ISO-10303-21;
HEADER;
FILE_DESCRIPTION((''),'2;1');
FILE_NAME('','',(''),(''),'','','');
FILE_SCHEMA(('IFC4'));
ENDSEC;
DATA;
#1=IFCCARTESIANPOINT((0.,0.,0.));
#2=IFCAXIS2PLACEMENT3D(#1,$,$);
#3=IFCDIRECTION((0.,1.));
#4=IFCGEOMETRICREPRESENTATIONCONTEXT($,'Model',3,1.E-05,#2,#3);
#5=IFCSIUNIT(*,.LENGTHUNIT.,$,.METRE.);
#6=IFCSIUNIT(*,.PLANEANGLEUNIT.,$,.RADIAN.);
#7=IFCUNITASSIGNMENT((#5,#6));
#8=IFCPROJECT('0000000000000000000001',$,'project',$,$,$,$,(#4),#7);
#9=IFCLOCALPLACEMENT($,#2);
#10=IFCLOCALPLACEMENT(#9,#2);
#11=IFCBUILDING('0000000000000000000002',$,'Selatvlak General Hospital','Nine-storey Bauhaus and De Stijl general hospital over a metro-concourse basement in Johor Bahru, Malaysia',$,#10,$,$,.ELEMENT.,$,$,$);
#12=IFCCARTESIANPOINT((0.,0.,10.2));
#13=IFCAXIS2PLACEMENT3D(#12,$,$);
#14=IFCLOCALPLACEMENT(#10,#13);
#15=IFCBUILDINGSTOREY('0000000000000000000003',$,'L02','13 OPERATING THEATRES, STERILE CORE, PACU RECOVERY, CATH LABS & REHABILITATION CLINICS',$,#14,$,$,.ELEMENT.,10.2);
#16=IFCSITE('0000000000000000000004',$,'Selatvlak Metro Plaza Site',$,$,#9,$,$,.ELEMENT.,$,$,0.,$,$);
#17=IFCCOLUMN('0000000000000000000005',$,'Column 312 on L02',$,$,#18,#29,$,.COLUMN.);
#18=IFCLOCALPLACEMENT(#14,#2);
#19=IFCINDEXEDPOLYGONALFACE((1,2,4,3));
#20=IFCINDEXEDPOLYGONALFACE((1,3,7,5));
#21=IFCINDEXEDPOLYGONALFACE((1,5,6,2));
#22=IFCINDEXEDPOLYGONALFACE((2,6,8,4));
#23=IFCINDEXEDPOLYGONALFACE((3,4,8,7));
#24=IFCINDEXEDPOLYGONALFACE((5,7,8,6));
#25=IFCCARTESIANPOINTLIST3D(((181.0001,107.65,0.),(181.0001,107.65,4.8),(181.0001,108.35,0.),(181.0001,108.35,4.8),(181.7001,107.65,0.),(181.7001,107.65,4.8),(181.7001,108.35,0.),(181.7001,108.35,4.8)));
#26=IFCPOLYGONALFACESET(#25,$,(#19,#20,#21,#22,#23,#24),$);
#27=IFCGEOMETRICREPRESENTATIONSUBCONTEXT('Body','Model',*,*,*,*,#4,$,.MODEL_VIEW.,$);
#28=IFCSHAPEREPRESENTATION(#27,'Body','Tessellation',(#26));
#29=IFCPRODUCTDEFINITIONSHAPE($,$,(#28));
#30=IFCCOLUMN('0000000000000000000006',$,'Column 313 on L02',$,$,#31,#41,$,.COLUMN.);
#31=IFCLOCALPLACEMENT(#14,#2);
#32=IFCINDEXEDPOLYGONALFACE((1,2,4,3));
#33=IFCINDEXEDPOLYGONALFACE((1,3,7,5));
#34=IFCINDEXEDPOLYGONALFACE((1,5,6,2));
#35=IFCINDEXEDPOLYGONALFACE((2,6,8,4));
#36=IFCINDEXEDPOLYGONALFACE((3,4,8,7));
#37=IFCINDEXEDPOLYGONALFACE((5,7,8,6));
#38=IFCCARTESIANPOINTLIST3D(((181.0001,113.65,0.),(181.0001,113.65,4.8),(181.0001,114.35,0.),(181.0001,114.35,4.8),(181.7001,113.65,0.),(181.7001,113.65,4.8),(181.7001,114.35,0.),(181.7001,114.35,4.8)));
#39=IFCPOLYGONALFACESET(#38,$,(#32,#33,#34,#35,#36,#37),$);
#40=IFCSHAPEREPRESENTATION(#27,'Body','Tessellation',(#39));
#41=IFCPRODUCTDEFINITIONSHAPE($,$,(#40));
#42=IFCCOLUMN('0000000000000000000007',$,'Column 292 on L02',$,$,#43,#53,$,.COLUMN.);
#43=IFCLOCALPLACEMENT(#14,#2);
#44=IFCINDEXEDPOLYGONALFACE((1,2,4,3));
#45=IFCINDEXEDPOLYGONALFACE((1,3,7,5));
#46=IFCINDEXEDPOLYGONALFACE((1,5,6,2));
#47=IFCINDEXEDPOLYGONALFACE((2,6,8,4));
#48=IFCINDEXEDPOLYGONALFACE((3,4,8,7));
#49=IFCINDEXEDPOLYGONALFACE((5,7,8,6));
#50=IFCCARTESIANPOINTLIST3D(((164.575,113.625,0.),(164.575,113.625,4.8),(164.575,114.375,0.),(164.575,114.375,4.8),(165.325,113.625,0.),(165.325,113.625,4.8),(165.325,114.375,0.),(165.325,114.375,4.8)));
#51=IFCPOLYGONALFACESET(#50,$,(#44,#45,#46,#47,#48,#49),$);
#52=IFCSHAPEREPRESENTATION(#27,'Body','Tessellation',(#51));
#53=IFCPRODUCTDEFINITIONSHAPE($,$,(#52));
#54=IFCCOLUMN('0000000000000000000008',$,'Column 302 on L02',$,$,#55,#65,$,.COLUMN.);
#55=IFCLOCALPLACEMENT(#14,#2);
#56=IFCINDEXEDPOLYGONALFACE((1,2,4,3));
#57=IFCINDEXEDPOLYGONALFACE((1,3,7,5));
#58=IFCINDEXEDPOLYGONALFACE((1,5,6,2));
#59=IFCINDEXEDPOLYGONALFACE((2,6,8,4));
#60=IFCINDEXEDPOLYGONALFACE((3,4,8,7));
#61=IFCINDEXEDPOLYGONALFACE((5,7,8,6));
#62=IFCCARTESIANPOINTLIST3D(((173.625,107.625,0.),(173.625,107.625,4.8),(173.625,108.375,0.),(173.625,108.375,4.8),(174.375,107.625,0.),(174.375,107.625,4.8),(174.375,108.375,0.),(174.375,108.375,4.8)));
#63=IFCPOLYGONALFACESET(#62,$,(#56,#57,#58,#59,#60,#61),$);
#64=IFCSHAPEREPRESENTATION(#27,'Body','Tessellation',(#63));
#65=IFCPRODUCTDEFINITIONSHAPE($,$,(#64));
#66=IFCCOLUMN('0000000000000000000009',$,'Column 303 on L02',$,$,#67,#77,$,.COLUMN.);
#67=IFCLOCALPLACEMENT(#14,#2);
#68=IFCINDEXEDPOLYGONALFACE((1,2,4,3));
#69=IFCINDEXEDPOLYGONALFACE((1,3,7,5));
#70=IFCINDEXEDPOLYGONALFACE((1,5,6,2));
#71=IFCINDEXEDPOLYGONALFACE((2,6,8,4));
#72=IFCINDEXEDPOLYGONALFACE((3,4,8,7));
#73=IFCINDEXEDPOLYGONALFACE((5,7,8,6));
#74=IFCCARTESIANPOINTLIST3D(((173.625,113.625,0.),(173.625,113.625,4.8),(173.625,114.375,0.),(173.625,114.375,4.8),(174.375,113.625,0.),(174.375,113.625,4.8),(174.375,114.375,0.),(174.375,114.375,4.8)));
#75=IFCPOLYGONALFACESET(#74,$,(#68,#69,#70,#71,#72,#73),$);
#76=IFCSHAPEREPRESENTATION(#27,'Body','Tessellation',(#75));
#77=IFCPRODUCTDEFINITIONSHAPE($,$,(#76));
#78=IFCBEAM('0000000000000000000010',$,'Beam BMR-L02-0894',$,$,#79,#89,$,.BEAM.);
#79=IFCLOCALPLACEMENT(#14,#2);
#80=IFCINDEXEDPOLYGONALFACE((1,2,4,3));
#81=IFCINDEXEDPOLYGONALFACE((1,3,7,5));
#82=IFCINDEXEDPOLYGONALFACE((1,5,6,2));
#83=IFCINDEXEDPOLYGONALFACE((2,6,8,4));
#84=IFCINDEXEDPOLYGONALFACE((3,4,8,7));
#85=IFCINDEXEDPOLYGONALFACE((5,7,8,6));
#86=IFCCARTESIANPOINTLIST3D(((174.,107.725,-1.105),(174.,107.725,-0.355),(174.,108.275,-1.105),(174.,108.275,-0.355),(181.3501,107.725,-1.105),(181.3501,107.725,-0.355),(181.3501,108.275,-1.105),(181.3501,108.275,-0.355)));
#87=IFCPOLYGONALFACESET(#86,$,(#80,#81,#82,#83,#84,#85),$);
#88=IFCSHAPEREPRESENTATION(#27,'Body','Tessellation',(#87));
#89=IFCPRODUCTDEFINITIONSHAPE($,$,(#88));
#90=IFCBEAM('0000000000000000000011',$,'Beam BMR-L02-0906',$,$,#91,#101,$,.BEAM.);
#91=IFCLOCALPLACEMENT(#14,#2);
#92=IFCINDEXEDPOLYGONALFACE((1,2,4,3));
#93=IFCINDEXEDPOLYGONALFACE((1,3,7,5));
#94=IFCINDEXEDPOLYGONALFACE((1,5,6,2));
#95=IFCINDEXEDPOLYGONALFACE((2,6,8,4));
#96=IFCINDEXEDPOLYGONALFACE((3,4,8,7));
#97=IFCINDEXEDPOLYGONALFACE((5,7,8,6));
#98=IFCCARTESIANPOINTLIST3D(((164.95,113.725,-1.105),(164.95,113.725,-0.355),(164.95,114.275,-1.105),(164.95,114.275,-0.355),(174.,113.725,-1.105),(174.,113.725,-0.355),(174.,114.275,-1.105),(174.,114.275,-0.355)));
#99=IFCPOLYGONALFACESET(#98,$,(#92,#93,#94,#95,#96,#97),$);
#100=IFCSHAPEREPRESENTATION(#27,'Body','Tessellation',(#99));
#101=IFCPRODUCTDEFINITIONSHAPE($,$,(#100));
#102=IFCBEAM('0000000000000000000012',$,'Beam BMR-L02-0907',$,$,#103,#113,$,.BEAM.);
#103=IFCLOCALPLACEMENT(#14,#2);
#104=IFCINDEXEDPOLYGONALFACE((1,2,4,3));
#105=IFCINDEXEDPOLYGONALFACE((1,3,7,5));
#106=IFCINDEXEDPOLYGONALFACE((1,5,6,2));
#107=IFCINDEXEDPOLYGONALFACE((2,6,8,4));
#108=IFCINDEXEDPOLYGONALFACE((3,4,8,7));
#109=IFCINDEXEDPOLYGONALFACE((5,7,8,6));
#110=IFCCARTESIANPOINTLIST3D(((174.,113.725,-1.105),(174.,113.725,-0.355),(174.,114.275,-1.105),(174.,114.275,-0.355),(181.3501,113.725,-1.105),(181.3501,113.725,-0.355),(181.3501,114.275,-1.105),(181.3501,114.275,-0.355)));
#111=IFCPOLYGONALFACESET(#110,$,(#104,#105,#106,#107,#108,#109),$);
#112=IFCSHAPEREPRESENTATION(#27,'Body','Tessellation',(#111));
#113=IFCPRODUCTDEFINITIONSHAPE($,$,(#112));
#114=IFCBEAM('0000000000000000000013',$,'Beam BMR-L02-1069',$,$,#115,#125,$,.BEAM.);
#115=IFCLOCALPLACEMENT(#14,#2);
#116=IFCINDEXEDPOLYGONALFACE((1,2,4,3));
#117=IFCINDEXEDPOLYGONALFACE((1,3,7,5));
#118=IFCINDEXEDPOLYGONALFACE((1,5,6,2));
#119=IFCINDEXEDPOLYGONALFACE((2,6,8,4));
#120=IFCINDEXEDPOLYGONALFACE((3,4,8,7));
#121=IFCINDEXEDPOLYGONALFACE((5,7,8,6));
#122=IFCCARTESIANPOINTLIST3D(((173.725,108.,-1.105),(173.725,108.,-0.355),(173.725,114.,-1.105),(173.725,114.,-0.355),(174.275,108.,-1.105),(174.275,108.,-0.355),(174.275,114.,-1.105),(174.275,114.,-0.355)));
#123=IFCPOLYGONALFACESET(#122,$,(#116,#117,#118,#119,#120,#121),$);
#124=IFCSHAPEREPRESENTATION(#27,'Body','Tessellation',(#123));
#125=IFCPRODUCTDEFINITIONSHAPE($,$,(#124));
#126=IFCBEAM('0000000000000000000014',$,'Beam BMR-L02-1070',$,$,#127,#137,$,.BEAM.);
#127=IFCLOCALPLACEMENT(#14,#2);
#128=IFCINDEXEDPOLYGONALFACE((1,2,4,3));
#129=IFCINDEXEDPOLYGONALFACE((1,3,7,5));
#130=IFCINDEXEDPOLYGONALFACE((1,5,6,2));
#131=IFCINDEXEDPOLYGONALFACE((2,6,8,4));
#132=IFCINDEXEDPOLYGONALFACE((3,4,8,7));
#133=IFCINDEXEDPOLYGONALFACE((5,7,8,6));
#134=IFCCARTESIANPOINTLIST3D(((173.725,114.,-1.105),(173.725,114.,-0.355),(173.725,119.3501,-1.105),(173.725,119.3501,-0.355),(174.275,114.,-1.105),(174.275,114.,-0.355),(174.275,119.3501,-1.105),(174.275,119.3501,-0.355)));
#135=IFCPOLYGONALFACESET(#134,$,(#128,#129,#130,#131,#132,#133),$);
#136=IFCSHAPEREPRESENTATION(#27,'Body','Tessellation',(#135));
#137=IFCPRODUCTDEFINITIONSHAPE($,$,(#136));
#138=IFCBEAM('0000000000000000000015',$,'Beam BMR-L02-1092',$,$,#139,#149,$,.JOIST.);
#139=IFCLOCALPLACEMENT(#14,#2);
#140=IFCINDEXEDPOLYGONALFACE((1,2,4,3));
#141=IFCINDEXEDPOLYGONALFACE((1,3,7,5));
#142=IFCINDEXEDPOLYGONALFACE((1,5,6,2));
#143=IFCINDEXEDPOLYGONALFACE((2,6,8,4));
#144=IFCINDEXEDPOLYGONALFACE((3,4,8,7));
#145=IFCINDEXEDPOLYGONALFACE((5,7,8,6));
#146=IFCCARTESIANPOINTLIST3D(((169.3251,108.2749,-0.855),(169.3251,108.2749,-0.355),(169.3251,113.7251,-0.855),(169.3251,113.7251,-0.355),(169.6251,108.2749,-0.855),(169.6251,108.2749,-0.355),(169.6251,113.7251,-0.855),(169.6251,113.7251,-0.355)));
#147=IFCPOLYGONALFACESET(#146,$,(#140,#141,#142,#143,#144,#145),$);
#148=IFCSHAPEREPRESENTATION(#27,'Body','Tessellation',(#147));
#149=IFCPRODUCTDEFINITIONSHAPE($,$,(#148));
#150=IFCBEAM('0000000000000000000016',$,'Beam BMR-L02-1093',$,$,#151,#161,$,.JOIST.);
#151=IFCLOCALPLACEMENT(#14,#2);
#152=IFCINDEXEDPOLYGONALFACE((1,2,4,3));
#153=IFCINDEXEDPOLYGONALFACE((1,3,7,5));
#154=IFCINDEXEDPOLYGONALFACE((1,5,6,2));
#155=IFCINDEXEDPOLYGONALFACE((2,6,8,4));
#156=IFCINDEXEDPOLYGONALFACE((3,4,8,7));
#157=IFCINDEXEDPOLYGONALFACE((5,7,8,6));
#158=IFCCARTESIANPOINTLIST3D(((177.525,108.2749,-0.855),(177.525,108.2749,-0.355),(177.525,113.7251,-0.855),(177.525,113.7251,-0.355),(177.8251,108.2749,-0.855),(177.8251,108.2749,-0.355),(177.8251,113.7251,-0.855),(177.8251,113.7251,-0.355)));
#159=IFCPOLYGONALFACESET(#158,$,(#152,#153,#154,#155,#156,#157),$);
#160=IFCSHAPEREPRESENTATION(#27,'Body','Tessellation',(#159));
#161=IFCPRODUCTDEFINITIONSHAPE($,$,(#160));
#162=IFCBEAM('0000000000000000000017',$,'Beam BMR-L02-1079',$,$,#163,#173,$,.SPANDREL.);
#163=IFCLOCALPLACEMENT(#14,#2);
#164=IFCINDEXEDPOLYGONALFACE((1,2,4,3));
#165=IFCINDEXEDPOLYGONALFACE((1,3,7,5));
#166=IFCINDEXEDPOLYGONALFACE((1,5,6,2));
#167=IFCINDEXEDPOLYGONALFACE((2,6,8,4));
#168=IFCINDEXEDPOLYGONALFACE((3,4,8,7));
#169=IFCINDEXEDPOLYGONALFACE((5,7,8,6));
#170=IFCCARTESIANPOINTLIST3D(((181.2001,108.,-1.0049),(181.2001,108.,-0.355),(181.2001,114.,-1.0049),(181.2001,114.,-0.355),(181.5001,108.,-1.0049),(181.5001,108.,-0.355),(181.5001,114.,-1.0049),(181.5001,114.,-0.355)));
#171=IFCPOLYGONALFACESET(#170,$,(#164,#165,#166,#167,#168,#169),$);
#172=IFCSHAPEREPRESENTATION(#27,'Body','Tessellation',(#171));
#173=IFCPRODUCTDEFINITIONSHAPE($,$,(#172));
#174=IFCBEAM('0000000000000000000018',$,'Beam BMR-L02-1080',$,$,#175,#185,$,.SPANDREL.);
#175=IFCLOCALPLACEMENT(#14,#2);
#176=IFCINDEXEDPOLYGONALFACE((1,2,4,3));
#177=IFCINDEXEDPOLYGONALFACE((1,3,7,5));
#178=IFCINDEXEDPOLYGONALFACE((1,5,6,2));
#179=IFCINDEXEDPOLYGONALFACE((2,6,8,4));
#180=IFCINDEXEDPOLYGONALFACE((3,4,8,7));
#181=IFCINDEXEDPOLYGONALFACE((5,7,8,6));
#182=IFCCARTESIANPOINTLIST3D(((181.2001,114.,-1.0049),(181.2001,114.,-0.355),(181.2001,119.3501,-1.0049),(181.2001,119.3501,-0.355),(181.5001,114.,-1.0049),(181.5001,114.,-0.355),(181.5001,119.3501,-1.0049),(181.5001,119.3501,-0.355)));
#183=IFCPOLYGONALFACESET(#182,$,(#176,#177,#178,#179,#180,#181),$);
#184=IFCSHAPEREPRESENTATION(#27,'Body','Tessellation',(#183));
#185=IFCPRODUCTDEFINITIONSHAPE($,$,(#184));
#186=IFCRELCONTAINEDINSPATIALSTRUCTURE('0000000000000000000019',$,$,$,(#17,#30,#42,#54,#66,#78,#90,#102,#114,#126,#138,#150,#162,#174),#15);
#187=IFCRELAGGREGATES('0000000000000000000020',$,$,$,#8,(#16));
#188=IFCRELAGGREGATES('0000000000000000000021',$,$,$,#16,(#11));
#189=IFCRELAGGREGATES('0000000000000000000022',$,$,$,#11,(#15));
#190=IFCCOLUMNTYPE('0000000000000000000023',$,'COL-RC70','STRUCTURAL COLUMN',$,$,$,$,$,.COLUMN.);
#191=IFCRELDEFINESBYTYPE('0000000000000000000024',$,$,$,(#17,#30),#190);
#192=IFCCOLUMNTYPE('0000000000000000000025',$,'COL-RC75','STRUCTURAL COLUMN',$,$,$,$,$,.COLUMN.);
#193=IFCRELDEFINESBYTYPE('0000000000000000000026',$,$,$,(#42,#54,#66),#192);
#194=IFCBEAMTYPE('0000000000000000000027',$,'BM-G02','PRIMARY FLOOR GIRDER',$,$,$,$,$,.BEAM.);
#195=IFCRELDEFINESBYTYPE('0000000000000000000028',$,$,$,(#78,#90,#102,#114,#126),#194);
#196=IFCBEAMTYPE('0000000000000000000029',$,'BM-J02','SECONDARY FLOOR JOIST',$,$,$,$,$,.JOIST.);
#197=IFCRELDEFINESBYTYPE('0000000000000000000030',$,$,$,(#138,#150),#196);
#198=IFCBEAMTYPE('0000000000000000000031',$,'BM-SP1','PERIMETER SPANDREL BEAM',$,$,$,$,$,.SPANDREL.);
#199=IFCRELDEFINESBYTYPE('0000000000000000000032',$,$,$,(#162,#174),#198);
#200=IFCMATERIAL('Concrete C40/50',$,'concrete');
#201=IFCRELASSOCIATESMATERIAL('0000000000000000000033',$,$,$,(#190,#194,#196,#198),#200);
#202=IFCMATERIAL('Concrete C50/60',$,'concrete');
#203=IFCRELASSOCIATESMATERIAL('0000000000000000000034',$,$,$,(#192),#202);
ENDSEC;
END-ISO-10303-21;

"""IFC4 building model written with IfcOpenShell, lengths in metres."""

from ifc_helpers import new_model, si_unit, direction, frame, origin, origin_2d, place, context, subcontext, project, spatial, rectangle, extrude, material, material_profile, profile_set, type_object, element, save


model = new_model("IFC4")

# Units and contexts
model_context = context("Model", 3, precision=1e-05, world=origin(), true_north=direction((0.0, 1.0)))
body_context = subcontext(model_context, "Body", "Model", "MODEL_VIEW")
ifc_project = project(units=[si_unit("LENGTHUNIT", "METRE"), si_unit("PLANEANGLEUNIT", "RADIAN")], contexts=[model_context])

# Site, building, storey
site_placement = place(None, origin())
site = spatial("IfcSite", under=ifc_project, at=site_placement, Name="Selatvlak Metro Plaza Site", CompositionType="ELEMENT", RefElevation=0.0)
building_placement = place(site_placement, origin())
building = spatial("IfcBuilding", under=site, at=building_placement, Name="Selatvlak General Hospital", Description="Nine-storey Bauhaus and De Stijl general hospital over a metro-concourse basement in Johor Bahru, Malaysia", CompositionType="ELEMENT")
storey_placement = place(building_placement, frame((0.0, 0.0, 10.2)))
storey = spatial("IfcBuildingStorey", under=building, at=storey_placement, Name="L02", Description="13 OPERATING THEATRES, STERILE CORE, PACU RECOVERY, CATH LABS & REHABILITATION CLINICS", CompositionType="ELEMENT", Elevation=10.2)

# Columns
ifc_material_1 = material(Name="Concrete C40/50", Category="concrete")
ifc_material_profile_1 = material_profile(ifc_material_1, rectangle(XDim=0.7, YDim=0.7, at=origin_2d()), Name="RC-COL 700x700")
ifc_profile_set_1 = profile_set([ifc_material_profile_1], Name="Concrete C40/50")
column_type_1 = type_object("IfcColumnType", Name="COL-RC70", Description="STRUCTURAL COLUMN", PredefinedType="COLUMN", material=ifc_profile_set_1)
for number, where, z_axis, x_axis, name in (
    (1, (181.3501, 108.0, 0.0), (0.0, 0.0, 1.0), (1.0, 0.0, 0.0), "Column 312 on L02"),
    (2, (181.3501, 114.0, 0.0), (0.0, 0.0, 1.0), (1.0, 0.0, 0.0), "Column 313 on L02"),
):
    element("IfcColumn", number, at=place(storey_placement, frame(where, z_axis=z_axis, x_axis=x_axis)), inside=storey, type_object=column_type_1, Name=name, PredefinedType="COLUMN", context=body_context, shape_type="SweptSolid", body=[
        extrude(rectangle(XDim=0.7, YDim=0.7, at=origin_2d()), origin(), (0.0, 0.0, 1.0), 4.8),
    ])
ifc_material_2 = material(Name="Concrete C50/60", Category="concrete")
ifc_material_profile_2 = material_profile(ifc_material_2, rectangle(XDim=0.75, YDim=0.75, at=origin_2d()), Name="RC-COL 750x750")
ifc_profile_set_2 = profile_set([ifc_material_profile_2], Name="Concrete C50/60")
column_type_2 = type_object("IfcColumnType", Name="COL-RC75", Description="STRUCTURAL COLUMN", PredefinedType="COLUMN", material=ifc_profile_set_2)
for number, where, z_axis, x_axis, name in (
    (3, (164.95, 114.0, 0.0), (0.0, 0.0, 1.0), (1.0, 0.0, 0.0), "Column 292 on L02"),
    (4, (174.0, 108.0, 0.0), (0.0, 0.0, 1.0), (1.0, 0.0, 0.0), "Column 302 on L02"),
    (5, (174.0, 114.0, 0.0), (0.0, 0.0, 1.0), (1.0, 0.0, 0.0), "Column 303 on L02"),
):
    element("IfcColumn", number, at=place(storey_placement, frame(where, z_axis=z_axis, x_axis=x_axis)), inside=storey, type_object=column_type_2, Name=name, PredefinedType="COLUMN", context=body_context, shape_type="SweptSolid", body=[
        extrude(rectangle(XDim=0.75, YDim=0.75, at=origin_2d()), origin(), (0.0, 0.0, 1.0), 4.8),
    ])

# Beams
ifc_material_profile_3 = material_profile(ifc_material_1, rectangle(XDim=0.55, YDim=0.75, at=origin_2d()), Name="RC-BM 550x750")
ifc_profile_set_3 = profile_set([ifc_material_profile_3], Name="Concrete C40/50")
beam_type_1 = type_object("IfcBeamType", Name="BM-G02", Description="PRIMARY FLOOR GIRDER", PredefinedType="BEAM", material=ifc_profile_set_3)
beam_1_placement = place(storey_placement, frame((174.0, 108.0, -0.73), z_axis=(1.0, 0.0, 0.0), x_axis=(0.0, 1.0, 0.0)))
element("IfcBeam", 6, at=beam_1_placement, inside=storey, type_object=beam_type_1, Name="Beam BMR-L02-0894", PredefinedType="BEAM", context=body_context, shape_type="SweptSolid", body=[
    extrude(rectangle(XDim=0.55, YDim=0.75, at=origin_2d()), origin(), (0.0, 0.0, 1.0), 7.3501),
])
beam_2_placement = place(storey_placement, frame((164.95, 114.0, -0.73), z_axis=(1.0, 0.0, 0.0), x_axis=(0.0, 1.0, 0.0)))
element("IfcBeam", 7, at=beam_2_placement, inside=storey, type_object=beam_type_1, Name="Beam BMR-L02-0906", PredefinedType="BEAM", context=body_context, shape_type="SweptSolid", body=[
    extrude(rectangle(XDim=0.55, YDim=0.75, at=origin_2d()), origin(), (0.0, 0.0, 1.0), 9.05),
])
beam_3_placement = place(storey_placement, frame((174.0, 114.0, -0.73), z_axis=(1.0, 0.0, 0.0), x_axis=(0.0, 1.0, 0.0)))
element("IfcBeam", 8, at=beam_3_placement, inside=storey, type_object=beam_type_1, Name="Beam BMR-L02-0907", PredefinedType="BEAM", context=body_context, shape_type="SweptSolid", body=[
    extrude(rectangle(XDim=0.55, YDim=0.75, at=origin_2d()), origin(), (0.0, 0.0, 1.0), 7.3501),
])
beam_4_placement = place(storey_placement, frame((174.0, 108.0, -0.73), z_axis=(0.0, 1.0, 0.0), x_axis=(-1.0, 0.0, 0.0)))
element("IfcBeam", 9, at=beam_4_placement, inside=storey, type_object=beam_type_1, Name="Beam BMR-L02-1069", PredefinedType="BEAM", context=body_context, shape_type="SweptSolid", body=[
    extrude(rectangle(XDim=0.55, YDim=0.75, at=origin_2d()), origin(), (0.0, 0.0, 1.0), 6.0),
])
beam_5_placement = place(storey_placement, frame((174.0, 114.0, -0.73), z_axis=(0.0, 1.0, 0.0), x_axis=(-1.0, 0.0, 0.0)))
element("IfcBeam", 10, at=beam_5_placement, inside=storey, type_object=beam_type_1, Name="Beam BMR-L02-1070", PredefinedType="BEAM", context=body_context, shape_type="SweptSolid", body=[
    extrude(rectangle(XDim=0.55, YDim=0.75, at=origin_2d()), origin(), (0.0, 0.0, 1.0), 5.3501),
])
ifc_material_profile_4 = material_profile(ifc_material_1, rectangle(XDim=0.3, YDim=0.5, at=origin_2d()), Name="RC-BM 300x500")
ifc_profile_set_4 = profile_set([ifc_material_profile_4], Name="Concrete C40/50")
beam_type_2 = type_object("IfcBeamType", Name="BM-J02", Description="SECONDARY FLOOR JOIST", PredefinedType="JOIST", material=ifc_profile_set_4)
for number, where, z_axis, x_axis, name in (
    (11, (169.4751, 108.2749, -0.605), (0.0, 1.0, 0.0), (-1.0, 0.0, 0.0), "Beam BMR-L02-1092"),
    (12, (177.675, 108.2749, -0.605), (0.0, 1.0, 0.0), (-1.0, 0.0, 0.0), "Beam BMR-L02-1093"),
):
    element("IfcBeam", number, at=place(storey_placement, frame(where, z_axis=z_axis, x_axis=x_axis)), inside=storey, type_object=beam_type_2, Name=name, PredefinedType="JOIST", context=body_context, shape_type="SweptSolid", body=[
        extrude(rectangle(XDim=0.3, YDim=0.5, at=origin_2d()), origin(), (0.0, 0.0, 1.0), 5.4502),
    ])
ifc_material_profile_5 = material_profile(ifc_material_1, rectangle(XDim=0.3, YDim=0.6499, at=origin_2d()), Name="RC-SP 300x650")
ifc_profile_set_5 = profile_set([ifc_material_profile_5], Name="Concrete C40/50")
beam_type_3 = type_object("IfcBeamType", Name="BM-SP1", Description="PERIMETER SPANDREL BEAM", PredefinedType="SPANDREL", material=ifc_profile_set_5)
beam_6_placement = place(storey_placement, frame((181.3501, 108.0, -0.6799), z_axis=(0.0, 1.0, 0.0), x_axis=(-1.0, 0.0, 0.0)))
element("IfcBeam", 13, at=beam_6_placement, inside=storey, type_object=beam_type_3, Name="Beam BMR-L02-1079", PredefinedType="SPANDREL", context=body_context, shape_type="SweptSolid", body=[
    extrude(rectangle(XDim=0.3, YDim=0.6499, at=origin_2d()), origin(), (0.0, 0.0, 1.0), 6.0),
])
beam_7_placement = place(storey_placement, frame((181.3501, 114.0, -0.6799), z_axis=(0.0, 1.0, 0.0), x_axis=(-1.0, 0.0, 0.0)))
element("IfcBeam", 14, at=beam_7_placement, inside=storey, type_object=beam_type_3, Name="Beam BMR-L02-1080", PredefinedType="SPANDREL", context=body_context, shape_type="SweptSolid", body=[
    extrude(rectangle(XDim=0.3, YDim=0.6499, at=origin_2d()), origin(), (0.0, 0.0, 1.0), 5.3501),
])

save(model, "model.ifc")
